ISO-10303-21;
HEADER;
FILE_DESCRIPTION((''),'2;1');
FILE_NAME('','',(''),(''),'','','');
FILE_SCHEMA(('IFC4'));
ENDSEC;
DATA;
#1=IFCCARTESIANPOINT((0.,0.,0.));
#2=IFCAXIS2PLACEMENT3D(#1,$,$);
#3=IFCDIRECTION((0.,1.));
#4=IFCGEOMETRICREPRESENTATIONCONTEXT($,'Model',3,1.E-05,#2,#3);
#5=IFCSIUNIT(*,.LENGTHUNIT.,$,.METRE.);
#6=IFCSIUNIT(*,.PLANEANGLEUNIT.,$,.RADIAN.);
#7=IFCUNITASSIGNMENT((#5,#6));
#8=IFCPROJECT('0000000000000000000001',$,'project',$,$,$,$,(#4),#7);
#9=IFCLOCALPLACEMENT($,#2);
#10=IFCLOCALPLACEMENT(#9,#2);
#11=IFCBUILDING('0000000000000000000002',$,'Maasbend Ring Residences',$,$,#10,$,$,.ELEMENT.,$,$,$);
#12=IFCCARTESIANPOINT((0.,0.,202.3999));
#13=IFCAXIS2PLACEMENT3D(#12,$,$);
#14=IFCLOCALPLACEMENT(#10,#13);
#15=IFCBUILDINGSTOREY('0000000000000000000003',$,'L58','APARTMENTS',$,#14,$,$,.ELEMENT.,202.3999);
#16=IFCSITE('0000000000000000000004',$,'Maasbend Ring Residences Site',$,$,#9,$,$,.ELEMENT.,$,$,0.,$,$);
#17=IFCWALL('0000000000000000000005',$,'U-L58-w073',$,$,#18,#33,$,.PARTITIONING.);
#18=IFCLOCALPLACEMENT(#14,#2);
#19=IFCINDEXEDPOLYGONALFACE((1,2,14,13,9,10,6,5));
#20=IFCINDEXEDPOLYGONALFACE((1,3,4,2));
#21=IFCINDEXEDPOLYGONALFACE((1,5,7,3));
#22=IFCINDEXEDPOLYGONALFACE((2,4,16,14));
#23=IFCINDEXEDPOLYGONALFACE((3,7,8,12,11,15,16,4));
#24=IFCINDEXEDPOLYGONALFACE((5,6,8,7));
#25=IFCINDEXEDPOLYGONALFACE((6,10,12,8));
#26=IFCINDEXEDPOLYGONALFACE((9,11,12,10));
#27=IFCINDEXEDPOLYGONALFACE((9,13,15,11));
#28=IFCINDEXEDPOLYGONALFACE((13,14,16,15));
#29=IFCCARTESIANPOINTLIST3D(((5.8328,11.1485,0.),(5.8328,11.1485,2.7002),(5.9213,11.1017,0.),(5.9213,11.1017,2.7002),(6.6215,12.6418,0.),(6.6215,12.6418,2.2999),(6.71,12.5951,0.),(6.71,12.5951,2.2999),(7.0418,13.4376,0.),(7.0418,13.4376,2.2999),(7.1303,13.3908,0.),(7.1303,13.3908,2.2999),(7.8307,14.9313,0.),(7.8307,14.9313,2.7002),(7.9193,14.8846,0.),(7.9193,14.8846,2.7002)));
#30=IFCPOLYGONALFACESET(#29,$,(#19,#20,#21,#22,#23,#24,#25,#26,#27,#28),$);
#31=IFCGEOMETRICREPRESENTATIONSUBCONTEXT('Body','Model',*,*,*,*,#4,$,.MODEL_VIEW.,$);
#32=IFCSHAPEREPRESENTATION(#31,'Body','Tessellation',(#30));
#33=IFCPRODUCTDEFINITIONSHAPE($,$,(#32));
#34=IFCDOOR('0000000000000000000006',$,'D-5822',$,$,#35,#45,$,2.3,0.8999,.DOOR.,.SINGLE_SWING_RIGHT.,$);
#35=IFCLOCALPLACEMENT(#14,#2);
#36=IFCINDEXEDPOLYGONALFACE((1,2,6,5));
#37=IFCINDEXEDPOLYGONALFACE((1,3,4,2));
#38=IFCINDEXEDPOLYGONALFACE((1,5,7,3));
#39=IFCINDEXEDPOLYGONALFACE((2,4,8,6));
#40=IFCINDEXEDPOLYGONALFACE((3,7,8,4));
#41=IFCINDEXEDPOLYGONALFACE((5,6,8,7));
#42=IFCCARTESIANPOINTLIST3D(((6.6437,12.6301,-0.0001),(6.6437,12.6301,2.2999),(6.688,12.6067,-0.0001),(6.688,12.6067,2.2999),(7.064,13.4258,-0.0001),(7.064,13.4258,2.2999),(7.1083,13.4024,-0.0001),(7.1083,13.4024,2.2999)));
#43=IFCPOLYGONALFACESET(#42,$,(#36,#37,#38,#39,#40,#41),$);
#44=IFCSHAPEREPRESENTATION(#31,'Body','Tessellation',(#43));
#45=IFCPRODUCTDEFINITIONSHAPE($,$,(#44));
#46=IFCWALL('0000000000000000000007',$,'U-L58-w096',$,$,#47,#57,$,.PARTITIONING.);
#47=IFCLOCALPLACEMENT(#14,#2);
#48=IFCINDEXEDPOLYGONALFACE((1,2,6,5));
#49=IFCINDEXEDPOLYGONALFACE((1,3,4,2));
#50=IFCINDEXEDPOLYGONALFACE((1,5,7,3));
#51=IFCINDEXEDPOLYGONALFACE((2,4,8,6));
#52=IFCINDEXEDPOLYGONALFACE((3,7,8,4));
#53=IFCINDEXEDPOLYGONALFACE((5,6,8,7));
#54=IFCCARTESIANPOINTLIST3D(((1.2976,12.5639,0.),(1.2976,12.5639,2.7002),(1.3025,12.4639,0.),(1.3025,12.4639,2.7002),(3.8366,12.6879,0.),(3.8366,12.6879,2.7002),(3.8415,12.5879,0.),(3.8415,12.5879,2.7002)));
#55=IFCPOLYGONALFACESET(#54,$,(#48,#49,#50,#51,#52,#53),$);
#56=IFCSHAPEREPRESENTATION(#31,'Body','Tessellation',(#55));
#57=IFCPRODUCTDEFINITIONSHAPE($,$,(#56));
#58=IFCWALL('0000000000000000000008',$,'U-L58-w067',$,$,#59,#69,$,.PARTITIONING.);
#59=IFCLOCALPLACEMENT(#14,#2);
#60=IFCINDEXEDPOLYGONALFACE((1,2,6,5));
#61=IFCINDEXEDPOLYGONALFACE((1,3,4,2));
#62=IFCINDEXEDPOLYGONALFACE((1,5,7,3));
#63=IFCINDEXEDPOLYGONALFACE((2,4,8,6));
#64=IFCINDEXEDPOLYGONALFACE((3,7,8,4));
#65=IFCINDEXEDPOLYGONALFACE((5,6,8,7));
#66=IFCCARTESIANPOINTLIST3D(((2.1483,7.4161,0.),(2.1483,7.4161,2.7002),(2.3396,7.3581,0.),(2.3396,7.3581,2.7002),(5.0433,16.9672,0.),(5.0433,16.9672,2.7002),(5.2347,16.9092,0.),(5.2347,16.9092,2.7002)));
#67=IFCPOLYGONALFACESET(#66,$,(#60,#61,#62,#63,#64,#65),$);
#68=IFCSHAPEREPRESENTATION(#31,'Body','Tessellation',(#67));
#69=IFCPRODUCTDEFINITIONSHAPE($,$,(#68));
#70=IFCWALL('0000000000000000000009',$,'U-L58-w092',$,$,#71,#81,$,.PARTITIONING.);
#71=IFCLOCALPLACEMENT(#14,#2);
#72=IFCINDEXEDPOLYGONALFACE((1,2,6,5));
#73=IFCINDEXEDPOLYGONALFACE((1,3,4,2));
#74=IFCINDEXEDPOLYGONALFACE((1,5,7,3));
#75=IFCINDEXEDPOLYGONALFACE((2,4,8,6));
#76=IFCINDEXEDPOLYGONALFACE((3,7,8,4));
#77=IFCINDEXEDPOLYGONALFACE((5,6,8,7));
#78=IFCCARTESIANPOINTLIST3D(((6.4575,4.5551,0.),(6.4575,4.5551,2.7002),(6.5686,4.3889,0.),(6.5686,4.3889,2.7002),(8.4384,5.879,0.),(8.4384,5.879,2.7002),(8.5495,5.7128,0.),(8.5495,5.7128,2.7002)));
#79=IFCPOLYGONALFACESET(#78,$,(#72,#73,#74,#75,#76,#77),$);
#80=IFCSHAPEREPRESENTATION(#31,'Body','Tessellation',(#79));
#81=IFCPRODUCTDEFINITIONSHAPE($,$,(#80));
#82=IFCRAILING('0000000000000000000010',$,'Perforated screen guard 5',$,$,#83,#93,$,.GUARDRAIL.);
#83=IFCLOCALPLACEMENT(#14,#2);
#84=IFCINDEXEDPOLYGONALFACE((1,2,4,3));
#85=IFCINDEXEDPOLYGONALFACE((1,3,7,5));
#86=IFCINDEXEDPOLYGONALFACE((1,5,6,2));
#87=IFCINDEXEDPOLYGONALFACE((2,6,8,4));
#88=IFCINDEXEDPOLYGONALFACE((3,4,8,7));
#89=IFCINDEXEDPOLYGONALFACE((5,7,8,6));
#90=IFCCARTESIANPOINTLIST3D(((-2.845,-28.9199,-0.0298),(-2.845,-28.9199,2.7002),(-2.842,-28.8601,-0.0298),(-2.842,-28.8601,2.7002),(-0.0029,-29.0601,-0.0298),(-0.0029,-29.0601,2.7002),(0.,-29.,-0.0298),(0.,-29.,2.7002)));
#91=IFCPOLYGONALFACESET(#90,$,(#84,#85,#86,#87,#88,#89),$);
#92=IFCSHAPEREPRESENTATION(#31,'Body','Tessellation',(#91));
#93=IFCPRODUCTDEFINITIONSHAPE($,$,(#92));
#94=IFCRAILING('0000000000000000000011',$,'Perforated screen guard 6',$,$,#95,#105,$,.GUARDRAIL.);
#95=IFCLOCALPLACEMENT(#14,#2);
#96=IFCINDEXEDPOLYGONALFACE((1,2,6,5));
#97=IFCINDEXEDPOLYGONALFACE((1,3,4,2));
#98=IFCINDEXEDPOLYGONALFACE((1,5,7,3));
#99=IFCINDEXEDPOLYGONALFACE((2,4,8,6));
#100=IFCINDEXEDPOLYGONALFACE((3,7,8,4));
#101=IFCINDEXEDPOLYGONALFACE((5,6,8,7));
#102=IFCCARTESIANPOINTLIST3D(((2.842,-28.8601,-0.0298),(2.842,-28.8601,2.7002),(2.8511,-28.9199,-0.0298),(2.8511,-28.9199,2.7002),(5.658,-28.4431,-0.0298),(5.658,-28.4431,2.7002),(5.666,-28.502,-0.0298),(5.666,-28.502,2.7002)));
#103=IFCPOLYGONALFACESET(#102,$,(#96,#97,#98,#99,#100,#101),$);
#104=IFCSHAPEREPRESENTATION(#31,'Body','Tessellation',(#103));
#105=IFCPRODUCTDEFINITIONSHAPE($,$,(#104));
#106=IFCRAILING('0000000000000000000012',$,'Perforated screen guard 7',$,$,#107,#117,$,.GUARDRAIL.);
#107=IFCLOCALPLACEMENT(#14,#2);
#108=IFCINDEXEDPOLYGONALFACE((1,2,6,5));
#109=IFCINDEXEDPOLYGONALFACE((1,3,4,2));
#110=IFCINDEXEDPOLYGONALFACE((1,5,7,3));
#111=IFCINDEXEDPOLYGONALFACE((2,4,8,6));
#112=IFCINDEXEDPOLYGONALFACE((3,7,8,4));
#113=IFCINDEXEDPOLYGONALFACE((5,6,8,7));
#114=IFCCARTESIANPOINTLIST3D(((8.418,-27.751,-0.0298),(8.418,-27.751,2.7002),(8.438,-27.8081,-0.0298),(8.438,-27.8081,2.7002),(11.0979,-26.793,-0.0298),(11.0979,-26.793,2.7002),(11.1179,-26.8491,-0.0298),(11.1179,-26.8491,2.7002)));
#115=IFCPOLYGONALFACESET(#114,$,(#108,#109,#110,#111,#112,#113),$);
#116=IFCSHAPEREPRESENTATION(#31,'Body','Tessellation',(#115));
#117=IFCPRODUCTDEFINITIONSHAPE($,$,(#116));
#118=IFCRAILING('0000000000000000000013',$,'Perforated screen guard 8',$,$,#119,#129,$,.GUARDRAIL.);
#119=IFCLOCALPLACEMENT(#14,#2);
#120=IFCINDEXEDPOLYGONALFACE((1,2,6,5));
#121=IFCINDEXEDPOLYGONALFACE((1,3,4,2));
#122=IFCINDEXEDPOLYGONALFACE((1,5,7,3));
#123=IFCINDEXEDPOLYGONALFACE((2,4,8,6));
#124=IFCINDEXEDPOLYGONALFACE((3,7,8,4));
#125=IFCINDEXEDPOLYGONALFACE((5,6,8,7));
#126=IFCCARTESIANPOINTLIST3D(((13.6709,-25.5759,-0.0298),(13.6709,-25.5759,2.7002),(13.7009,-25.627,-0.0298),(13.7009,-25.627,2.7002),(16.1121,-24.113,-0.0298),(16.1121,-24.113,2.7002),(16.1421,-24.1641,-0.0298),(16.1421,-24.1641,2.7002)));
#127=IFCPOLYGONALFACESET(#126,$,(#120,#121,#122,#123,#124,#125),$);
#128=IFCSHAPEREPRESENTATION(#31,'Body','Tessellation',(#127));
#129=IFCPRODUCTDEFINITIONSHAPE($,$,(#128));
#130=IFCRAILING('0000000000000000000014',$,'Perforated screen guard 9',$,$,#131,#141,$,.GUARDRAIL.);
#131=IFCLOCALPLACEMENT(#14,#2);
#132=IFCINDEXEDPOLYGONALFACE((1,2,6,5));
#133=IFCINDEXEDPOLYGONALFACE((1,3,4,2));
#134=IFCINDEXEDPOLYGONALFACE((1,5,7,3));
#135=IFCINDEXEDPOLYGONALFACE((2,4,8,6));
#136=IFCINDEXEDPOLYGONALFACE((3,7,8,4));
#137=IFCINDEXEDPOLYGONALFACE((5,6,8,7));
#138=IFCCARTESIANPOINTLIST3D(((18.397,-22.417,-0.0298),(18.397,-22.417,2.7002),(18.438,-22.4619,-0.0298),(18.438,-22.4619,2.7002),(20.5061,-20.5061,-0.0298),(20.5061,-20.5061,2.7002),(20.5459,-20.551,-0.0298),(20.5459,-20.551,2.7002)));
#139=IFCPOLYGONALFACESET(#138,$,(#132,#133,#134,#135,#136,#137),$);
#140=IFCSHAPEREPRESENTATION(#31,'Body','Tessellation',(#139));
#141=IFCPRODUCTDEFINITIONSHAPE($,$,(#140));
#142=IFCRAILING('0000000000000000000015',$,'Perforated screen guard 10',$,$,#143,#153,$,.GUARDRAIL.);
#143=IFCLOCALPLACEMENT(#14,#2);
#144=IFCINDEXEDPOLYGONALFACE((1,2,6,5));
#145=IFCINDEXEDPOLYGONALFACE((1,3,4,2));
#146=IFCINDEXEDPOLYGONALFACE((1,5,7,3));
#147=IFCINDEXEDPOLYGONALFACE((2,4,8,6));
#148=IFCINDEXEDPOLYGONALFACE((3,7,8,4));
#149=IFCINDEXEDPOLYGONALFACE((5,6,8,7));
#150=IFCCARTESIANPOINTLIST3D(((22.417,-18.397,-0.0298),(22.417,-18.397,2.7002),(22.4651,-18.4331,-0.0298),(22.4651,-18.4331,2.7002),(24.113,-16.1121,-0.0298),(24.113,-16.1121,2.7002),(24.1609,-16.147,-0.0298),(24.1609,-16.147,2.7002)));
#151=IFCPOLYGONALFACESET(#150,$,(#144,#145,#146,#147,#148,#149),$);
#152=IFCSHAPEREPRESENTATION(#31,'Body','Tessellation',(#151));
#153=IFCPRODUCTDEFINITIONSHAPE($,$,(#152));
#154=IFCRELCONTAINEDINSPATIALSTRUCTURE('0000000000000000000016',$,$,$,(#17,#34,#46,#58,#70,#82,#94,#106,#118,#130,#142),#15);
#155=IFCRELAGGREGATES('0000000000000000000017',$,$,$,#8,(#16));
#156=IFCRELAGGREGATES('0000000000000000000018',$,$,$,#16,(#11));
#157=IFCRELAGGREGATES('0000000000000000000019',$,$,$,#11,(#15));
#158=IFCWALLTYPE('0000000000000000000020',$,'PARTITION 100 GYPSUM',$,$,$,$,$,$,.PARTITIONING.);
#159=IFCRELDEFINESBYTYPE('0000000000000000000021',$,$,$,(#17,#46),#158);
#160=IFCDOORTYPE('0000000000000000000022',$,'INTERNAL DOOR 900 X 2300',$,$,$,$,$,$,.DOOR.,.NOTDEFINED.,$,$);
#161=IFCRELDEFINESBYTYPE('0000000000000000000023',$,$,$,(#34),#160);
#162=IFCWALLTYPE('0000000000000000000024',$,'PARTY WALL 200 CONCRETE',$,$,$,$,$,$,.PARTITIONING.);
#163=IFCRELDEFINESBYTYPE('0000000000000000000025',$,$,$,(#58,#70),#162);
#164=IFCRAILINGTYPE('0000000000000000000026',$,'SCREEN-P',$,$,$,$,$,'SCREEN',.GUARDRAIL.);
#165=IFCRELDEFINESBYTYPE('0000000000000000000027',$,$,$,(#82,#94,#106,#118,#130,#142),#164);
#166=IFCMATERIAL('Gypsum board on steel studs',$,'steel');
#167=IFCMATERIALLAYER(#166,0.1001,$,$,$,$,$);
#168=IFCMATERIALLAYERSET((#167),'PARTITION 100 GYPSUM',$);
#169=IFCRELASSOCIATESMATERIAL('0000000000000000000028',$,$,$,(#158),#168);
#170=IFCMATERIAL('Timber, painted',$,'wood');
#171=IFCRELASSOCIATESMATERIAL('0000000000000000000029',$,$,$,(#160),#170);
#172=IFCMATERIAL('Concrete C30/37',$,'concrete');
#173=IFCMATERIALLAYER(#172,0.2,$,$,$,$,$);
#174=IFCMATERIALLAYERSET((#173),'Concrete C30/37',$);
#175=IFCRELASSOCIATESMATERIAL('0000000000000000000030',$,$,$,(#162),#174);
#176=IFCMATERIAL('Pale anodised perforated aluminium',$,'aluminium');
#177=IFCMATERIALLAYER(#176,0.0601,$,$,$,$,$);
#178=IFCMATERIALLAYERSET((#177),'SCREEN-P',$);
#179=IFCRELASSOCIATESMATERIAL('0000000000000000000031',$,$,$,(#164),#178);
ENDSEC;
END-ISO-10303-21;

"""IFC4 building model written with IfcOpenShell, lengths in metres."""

from ifc_helpers import new_model, si_unit, direction, frame, frame_2d, origin, place, context, subcontext, project, spatial, polyline, rectangle, outline, extrude, material, layer, layer_set, type_object, element, fill, save


model = new_model("IFC4")

# Units and contexts
model_context = context("Model", 3, precision=1e-05, world=origin(), true_north=direction((0.0, 1.0)))
body_context = subcontext(model_context, "Body", "Model", "MODEL_VIEW")
ifc_project = project(units=[si_unit("LENGTHUNIT", "METRE"), si_unit("PLANEANGLEUNIT", "RADIAN")], contexts=[model_context])

# Site, building, storey
site_placement = place(None, origin())
site = spatial("IfcSite", under=ifc_project, at=site_placement, Name="Maasbend Ring Residences Site", CompositionType="ELEMENT", RefElevation=0.0)
building_placement = place(site_placement, origin())
building = spatial("IfcBuilding", under=site, at=building_placement, Name="Maasbend Ring Residences", CompositionType="ELEMENT")
storey_placement = place(building_placement, frame((0.0, 0.0, 202.3999)))
storey = spatial("IfcBuildingStorey", under=building, at=storey_placement, Name="L58", Description="APARTMENTS", CompositionType="ELEMENT", Elevation=202.3999)

# Shared definitions
ifc_material_1 = material(Name="Gypsum board on steel studs", Category="steel")
ifc_layer_1 = layer(ifc_material_1, 0.1001)
ifc_layer_set_1 = layer_set([ifc_layer_1], Name="PARTITION 100 GYPSUM")
wall_type_1 = type_object("IfcWallType", Name="PARTITION 100 GYPSUM", PredefinedType="PARTITIONING", material=ifc_layer_set_1)
ifc_material_2 = material(Name="Timber, painted", Category="wood")
door_type = type_object("IfcDoorType", Name="INTERNAL DOOR 900 X 2300", OperationType="NOTDEFINED", PredefinedType="DOOR", material=ifc_material_2)

# Wall, opening, door
wall_1_placement = place(storey_placement, frame((5.877, 11.125, 0.0), z_axis=(0.0, 0.0, 1.0), x_axis=(0.46703, 0.884241, 0.0)))
wall_1 = element("IfcWall", 1, at=wall_1_placement, inside=storey, type_object=wall_type_1, Name="U-L58-w073", PredefinedType="PARTITIONING", context=body_context, shape_type="SweptSolid", body=[
    extrude(rectangle(XDim=4.2781, YDim=0.1001, at=frame_2d((2.1392, 0.0))), origin(), (0.0, 0.0, 1.0), 2.7002),
])
opening_1_placement = place(wall_1_placement, frame((1.689, 0.0, 0.0)))
opening_1 = element("IfcOpeningElement", 2, at=opening_1_placement, cuts=wall_1, PredefinedType="OPENING", context=body_context, shape_type="SweptSolid", body=[
    extrude(rectangle(XDim=0.8999, YDim=2.3, at=frame_2d((0.45, 1.1499))), frame((0.0, 0.0601, 0.0), z_axis=(0.0, -1.0, 0.0), x_axis=(1.0, 0.0, 0.0)), (0.0, 0.0, 1.0), 0.1201),
])
door_1_placement = place(opening_1_placement, origin())
door_1 = element("IfcDoor", 3, at=door_1_placement, inside=storey, type_object=door_type, Name="D-5822", OperationType="SINGLE_SWING_RIGHT", OverallHeight=2.3, OverallWidth=0.8999, PredefinedType="DOOR", context=body_context, shape_type="SweptSolid", body=[
    extrude(rectangle(XDim=0.8999, YDim=2.3, at=frame_2d((0.45, 1.1499))), frame((0.0, 0.0249, 0.0), z_axis=(0.0, -1.0, 0.0), x_axis=(1.0, 0.0, 0.0)), (0.0, 0.0, 1.0), 0.05),
])
fill(opening_1, door_1)

# Walls
wall_2_placement = place(storey_placement, frame((1.3, 12.5139, 0.0), z_axis=(0.0, 0.0, 1.0), x_axis=(0.998809, 0.048788, 0.0)))
element("IfcWall", 4, at=wall_2_placement, inside=storey, type_object=wall_type_1, Name="U-L58-w096", PredefinedType="PARTITIONING", context=body_context, shape_type="SweptSolid", body=[
    extrude(rectangle(XDim=2.542, YDim=0.1001, at=frame_2d((1.271, 0.0))), origin(), (0.0, 0.0, 1.0), 2.7002),
])
ifc_material_3 = material(Name="Concrete C30/37", Category="concrete")
ifc_layer_2 = layer(ifc_material_3, 0.2)
ifc_layer_set_2 = layer_set([ifc_layer_2], Name="Concrete C30/37")
wall_type_2 = type_object("IfcWallType", Name="PARTY WALL 200 CONCRETE", PredefinedType="PARTITIONING", material=ifc_layer_set_2)
wall_3_placement = place(storey_placement, frame((2.2439, 7.387, 0.0), z_axis=(0.0, 0.0, 1.0), x_axis=(0.290078, 0.957003, 0.0)))
element("IfcWall", 5, at=wall_3_placement, inside=storey, type_object=wall_type_2, Name="U-L58-w067", PredefinedType="PARTITIONING", context=body_context, shape_type="SweptSolid", body=[
    extrude(rectangle(XDim=9.9802, YDim=0.2, at=frame_2d((4.9902, 0.0))), origin(), (0.0, 0.0, 1.0), 2.7002),
])
wall_4_placement = place(storey_placement, frame((6.5129, 4.4719, 0.0), z_axis=(0.0, 0.0, 1.0), x_axis=(0.831403, 0.555669, 0.0)))
element("IfcWall", 6, at=wall_4_placement, inside=storey, type_object=wall_type_2, Name="U-L58-w092", PredefinedType="PARTITIONING", context=body_context, shape_type="SweptSolid", body=[
    extrude(rectangle(XDim=2.3826, YDim=0.2, at=frame_2d((1.1914, 0.0))), origin(), (0.0, 0.0, 1.0), 2.7002),
])

# Railings
ifc_material_4 = material(Name="Pale anodised perforated aluminium", Category="aluminium")
ifc_layer_3 = layer(ifc_material_4, 0.0601)
ifc_layer_set_3 = layer_set([ifc_layer_3], Name="SCREEN-P")
railing_type = type_object("IfcRailingType", Name="SCREEN-P", ElementType="SCREEN", PredefinedType="GUARDRAIL", material=ifc_layer_set_3)
railing_1_placement = place(storey_placement, frame((0.0, 0.0, -0.0298)))
element("IfcRailing", 7, at=railing_1_placement, inside=storey, type_object=railing_type, Name="Perforated screen guard 5", PredefinedType="GUARDRAIL", context=body_context, shape_type="SweptSolid", body=[
    extrude(outline(polyline([(-2.842, -28.8601), (0.0, -29.0), (-0.0029, -29.0601), (-2.845, -28.9199), (-2.842, -28.8601)])), origin(), (0.0, 0.0, 1.0), 2.73),
])
railing_2_placement = place(storey_placement, frame((0.0, 0.0, -0.0298)))
element("IfcRailing", 8, at=railing_2_placement, inside=storey, type_object=railing_type, Name="Perforated screen guard 6", PredefinedType="GUARDRAIL", context=body_context, shape_type="SweptSolid", body=[
    extrude(outline(polyline([(2.842, -28.8601), (5.658, -28.4431), (5.666, -28.502), (2.8511, -28.9199), (2.842, -28.8601)])), origin(), (0.0, 0.0, 1.0), 2.73),
])
railing_3_placement = place(storey_placement, frame((0.0, 0.0, -0.0298)))
element("IfcRailing", 9, at=railing_3_placement, inside=storey, type_object=railing_type, Name="Perforated screen guard 7", PredefinedType="GUARDRAIL", context=body_context, shape_type="SweptSolid", body=[
    extrude(outline(polyline([(8.418, -27.751), (11.0979, -26.793), (11.1179, -26.8491), (8.438, -27.8081), (8.418, -27.751)])), origin(), (0.0, 0.0, 1.0), 2.73),
])
railing_4_placement = place(storey_placement, frame((0.0, 0.0, -0.0298)))
element("IfcRailing", 10, at=railing_4_placement, inside=storey, type_object=railing_type, Name="Perforated screen guard 8", PredefinedType="GUARDRAIL", context=body_context, shape_type="SweptSolid", body=[
    extrude(outline(polyline([(13.6709, -25.5759), (16.1121, -24.113), (16.1421, -24.1641), (13.7009, -25.627), (13.6709, -25.5759)])), origin(), (0.0, 0.0, 1.0), 2.73),
])
railing_5_placement = place(storey_placement, frame((0.0, 0.0, -0.0298)))
element("IfcRailing", 11, at=railing_5_placement, inside=storey, type_object=railing_type, Name="Perforated screen guard 9", PredefinedType="GUARDRAIL", context=body_context, shape_type="SweptSolid", body=[
    extrude(outline(polyline([(18.397, -22.417), (20.5061, -20.5061), (20.5459, -20.551), (18.438, -22.4619), (18.397, -22.417)])), origin(), (0.0, 0.0, 1.0), 2.73),
])
railing_6_placement = place(storey_placement, frame((0.0, 0.0, -0.0298)))
element("IfcRailing", 12, at=railing_6_placement, inside=storey, type_object=railing_type, Name="Perforated screen guard 10", PredefinedType="GUARDRAIL", context=body_context, shape_type="SweptSolid", body=[
    extrude(outline(polyline([(22.417, -18.397), (24.113, -16.1121), (24.1609, -16.147), (22.4651, -18.4331), (22.417, -18.397)])), origin(), (0.0, 0.0, 1.0), 2.73),
])

save(model, "model.ifc")
